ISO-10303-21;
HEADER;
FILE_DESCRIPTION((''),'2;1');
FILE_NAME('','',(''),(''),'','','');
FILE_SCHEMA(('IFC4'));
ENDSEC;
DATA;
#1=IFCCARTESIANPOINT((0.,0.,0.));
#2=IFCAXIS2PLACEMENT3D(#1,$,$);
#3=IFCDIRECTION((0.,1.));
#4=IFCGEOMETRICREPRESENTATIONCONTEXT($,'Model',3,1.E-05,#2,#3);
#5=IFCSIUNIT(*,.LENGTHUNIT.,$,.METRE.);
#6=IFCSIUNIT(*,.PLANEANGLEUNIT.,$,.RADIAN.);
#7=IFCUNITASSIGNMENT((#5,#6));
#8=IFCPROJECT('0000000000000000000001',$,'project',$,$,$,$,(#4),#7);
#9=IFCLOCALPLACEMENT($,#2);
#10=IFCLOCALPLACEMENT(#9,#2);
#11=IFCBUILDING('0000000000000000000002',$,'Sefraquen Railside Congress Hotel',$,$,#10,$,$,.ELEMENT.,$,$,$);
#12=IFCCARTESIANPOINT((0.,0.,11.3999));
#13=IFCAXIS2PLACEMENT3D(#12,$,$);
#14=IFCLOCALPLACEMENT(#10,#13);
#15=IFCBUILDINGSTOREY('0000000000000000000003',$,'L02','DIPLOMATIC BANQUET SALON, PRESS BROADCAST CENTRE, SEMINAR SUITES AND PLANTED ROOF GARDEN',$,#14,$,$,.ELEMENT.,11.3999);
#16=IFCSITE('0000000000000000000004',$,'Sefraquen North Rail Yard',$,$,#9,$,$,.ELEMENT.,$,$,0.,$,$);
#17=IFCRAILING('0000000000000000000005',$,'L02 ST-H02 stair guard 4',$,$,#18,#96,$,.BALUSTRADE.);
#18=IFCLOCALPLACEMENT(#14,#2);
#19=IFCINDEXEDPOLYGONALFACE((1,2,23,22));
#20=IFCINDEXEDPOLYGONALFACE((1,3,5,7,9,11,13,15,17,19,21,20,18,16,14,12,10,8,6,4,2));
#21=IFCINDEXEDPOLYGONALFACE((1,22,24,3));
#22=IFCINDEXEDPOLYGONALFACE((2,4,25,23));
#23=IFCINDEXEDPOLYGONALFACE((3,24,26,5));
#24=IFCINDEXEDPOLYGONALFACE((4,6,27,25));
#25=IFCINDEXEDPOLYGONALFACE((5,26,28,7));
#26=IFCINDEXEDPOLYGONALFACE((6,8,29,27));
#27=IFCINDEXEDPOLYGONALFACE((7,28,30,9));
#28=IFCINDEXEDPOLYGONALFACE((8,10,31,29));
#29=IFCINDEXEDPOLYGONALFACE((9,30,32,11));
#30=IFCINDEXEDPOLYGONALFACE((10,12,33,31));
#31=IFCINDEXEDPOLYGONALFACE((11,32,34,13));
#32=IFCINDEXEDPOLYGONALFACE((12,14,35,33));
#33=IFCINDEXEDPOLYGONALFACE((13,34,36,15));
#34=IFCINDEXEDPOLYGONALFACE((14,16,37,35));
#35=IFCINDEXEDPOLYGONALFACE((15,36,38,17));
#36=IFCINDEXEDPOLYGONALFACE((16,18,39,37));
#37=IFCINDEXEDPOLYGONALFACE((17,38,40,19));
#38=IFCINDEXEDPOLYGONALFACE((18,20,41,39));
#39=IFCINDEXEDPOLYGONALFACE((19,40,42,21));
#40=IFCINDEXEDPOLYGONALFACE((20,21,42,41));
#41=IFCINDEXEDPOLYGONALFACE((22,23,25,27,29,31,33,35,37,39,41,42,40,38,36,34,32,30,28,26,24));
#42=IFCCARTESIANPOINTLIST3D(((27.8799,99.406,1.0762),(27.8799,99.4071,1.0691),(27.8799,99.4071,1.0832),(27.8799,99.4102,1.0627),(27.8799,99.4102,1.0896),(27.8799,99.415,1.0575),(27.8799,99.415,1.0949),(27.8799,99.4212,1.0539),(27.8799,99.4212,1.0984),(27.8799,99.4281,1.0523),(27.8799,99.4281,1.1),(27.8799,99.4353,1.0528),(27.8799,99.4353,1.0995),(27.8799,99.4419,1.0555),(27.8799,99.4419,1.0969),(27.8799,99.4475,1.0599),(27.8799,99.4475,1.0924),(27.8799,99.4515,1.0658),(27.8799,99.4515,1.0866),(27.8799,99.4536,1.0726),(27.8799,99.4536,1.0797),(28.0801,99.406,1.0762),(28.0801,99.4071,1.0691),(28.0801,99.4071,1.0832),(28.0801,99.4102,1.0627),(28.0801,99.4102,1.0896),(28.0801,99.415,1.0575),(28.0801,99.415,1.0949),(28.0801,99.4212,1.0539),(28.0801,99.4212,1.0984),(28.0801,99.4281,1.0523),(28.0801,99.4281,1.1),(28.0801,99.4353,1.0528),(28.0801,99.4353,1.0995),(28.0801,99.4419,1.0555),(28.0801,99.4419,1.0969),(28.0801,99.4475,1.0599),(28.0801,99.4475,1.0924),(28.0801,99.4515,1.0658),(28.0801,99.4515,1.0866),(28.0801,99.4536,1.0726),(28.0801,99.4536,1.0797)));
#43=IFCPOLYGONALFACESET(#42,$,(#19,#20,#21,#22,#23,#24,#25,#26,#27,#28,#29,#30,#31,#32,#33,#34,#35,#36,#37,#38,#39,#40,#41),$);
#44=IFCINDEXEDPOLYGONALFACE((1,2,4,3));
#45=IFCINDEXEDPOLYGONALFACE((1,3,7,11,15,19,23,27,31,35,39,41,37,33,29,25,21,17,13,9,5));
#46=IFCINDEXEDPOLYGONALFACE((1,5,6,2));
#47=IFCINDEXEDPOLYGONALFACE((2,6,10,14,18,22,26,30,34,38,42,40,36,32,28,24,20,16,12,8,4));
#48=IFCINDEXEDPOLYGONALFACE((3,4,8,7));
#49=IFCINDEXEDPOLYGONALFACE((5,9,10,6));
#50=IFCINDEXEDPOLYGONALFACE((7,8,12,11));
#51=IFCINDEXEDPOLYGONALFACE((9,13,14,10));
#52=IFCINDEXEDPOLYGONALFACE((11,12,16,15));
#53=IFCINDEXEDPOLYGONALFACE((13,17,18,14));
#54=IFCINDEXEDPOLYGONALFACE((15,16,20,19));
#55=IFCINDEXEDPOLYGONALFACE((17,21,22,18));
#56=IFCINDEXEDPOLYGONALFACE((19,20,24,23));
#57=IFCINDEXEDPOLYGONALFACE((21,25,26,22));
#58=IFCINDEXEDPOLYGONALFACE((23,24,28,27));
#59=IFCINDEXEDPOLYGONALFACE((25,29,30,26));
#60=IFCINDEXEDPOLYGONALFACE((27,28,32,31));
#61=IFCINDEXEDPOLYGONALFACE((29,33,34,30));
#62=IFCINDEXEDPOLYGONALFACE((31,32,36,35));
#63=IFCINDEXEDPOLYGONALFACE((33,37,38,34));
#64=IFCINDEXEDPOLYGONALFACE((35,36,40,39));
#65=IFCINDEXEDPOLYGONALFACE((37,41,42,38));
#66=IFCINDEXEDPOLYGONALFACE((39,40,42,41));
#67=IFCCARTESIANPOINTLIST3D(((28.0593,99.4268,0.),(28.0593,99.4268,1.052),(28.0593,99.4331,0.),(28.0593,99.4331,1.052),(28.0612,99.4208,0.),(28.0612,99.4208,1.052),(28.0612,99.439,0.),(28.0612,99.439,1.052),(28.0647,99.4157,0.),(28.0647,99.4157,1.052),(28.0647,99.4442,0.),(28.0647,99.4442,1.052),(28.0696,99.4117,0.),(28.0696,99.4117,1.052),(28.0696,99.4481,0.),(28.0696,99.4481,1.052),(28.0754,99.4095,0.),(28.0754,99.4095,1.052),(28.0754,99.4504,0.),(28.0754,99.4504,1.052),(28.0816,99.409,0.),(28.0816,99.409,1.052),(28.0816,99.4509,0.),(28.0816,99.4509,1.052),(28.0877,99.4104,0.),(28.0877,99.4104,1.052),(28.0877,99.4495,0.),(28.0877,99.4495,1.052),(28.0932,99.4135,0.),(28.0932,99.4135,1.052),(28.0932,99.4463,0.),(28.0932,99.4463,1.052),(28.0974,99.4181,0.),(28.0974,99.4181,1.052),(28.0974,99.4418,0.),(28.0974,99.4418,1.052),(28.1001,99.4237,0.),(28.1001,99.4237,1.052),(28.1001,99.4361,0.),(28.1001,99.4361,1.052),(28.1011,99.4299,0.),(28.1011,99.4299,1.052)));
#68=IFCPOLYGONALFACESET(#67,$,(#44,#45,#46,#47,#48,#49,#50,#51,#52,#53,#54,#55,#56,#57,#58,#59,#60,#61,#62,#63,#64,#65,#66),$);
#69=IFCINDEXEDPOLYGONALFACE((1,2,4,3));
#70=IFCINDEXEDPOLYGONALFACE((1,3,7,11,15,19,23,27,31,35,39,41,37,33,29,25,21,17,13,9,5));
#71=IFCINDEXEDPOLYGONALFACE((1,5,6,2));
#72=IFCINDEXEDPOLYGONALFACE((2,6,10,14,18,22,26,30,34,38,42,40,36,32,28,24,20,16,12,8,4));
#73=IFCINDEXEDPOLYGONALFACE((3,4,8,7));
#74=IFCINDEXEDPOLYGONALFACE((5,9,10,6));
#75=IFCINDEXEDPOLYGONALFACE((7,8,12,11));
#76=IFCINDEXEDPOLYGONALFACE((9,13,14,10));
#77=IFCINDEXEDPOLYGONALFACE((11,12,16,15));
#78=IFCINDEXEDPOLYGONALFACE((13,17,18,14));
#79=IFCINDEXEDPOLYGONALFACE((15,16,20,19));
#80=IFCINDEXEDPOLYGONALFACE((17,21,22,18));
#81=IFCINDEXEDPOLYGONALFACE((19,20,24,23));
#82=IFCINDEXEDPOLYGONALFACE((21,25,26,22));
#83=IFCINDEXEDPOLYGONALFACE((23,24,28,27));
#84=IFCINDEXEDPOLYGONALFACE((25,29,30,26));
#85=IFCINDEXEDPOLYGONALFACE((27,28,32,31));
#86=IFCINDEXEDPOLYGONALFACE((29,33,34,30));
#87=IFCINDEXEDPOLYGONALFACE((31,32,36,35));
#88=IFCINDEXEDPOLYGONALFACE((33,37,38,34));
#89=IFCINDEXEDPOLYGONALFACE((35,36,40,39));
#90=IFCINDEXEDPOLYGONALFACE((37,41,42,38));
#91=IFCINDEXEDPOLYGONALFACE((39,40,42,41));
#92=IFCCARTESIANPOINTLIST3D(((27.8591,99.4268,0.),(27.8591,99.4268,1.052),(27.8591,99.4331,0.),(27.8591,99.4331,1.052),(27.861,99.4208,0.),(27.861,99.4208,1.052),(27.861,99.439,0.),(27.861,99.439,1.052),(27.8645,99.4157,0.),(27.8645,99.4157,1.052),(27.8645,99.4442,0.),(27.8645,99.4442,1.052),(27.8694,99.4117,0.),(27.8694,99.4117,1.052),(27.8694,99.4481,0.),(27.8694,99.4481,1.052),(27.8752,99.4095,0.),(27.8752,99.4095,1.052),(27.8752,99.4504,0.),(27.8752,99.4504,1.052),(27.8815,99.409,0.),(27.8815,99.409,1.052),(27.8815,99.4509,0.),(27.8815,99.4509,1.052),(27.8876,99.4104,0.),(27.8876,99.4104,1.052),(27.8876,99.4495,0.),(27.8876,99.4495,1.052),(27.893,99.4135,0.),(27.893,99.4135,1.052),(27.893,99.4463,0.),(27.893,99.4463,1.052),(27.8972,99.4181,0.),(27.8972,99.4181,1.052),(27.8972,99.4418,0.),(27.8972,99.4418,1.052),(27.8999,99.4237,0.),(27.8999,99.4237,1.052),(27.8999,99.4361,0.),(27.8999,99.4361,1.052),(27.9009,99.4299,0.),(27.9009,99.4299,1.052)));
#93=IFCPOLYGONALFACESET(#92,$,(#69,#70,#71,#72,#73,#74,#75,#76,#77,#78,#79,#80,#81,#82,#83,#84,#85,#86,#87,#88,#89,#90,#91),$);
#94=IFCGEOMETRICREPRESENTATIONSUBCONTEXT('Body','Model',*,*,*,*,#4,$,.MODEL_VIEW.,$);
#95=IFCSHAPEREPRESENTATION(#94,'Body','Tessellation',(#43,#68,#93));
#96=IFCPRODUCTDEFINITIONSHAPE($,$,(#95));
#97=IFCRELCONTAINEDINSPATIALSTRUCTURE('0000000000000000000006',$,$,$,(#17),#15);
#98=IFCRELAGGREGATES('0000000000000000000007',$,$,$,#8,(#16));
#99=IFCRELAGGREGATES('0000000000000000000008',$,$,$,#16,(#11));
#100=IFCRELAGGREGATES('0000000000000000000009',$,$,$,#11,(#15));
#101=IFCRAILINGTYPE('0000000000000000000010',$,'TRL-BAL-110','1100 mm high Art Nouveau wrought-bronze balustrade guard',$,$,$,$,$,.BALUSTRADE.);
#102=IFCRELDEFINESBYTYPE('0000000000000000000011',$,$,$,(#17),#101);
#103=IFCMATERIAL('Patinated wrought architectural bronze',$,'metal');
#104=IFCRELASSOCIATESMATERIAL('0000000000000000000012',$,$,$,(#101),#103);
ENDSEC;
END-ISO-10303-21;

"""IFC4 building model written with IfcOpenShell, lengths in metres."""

from ifc_helpers import new_model, si_unit, direction, frame, origin, origin_2d, place, context, subcontext, project, spatial, circle, extrude, material, type_object, element, save


model = new_model("IFC4")

# Units and contexts
model_context = context("Model", 3, precision=1e-05, world=origin(), true_north=direction((0.0, 1.0)))
body_context = subcontext(model_context, "Body", "Model", "MODEL_VIEW")
ifc_project = project(units=[si_unit("LENGTHUNIT", "METRE"), si_unit("PLANEANGLEUNIT", "RADIAN")], contexts=[model_context])

# Site, building, storey
site_placement = place(None, origin())
site = spatial("IfcSite", under=ifc_project, at=site_placement, Name="Sefraquen North Rail Yard", CompositionType="ELEMENT", RefElevation=0.0)
building_placement = place(site_placement, origin())
building = spatial("IfcBuilding", under=site, at=building_placement, Name="Sefraquen Railside Congress Hotel", CompositionType="ELEMENT")
storey_placement = place(building_placement, frame((0.0, 0.0, 11.3999)))
storey = spatial("IfcBuildingStorey", under=building, at=storey_placement, Name="L02", Description="DIPLOMATIC BANQUET SALON, PRESS BROADCAST CENTRE, SEMINAR SUITES AND PLANTED ROOF GARDEN", CompositionType="ELEMENT", Elevation=11.3999)

# Railing
ifc_material_1 = material(Name="Patinated wrought architectural bronze", Category="metal")
railing_type_1 = type_object("IfcRailingType", Name="TRL-BAL-110", Description="1100 mm high Art Nouveau wrought-bronze balustrade guard", PredefinedType="BALUSTRADE", material=ifc_material_1)
railing_1_placement = place(storey_placement, frame((28.0801, 99.4299, 0.0)))
element("IfcRailing", 1, at=railing_1_placement, inside=storey, type_object=railing_type_1, Name="L02 ST-H02 stair guard 4", PredefinedType="BALUSTRADE", context=body_context, shape_type="SweptSolid", body=[
    extrude(circle(Radius=0.0239, at=origin_2d()), frame((0.0, 0.0, 1.0762), z_axis=(-1.0, 0.0, 0.0), x_axis=(0.0, -1.0, 0.0)), (0.0, 0.0, 1.0), 0.2002),
    extrude(circle(Radius=0.021, at=origin_2d()), origin(), (0.0, 0.0, 1.0), 1.052),
    extrude(circle(Radius=0.021, at=origin_2d()), frame((-0.2002, 0.0, 0.0)), (0.0, 0.0, 1.0), 1.052),
])

save(model, "model.ifc")
